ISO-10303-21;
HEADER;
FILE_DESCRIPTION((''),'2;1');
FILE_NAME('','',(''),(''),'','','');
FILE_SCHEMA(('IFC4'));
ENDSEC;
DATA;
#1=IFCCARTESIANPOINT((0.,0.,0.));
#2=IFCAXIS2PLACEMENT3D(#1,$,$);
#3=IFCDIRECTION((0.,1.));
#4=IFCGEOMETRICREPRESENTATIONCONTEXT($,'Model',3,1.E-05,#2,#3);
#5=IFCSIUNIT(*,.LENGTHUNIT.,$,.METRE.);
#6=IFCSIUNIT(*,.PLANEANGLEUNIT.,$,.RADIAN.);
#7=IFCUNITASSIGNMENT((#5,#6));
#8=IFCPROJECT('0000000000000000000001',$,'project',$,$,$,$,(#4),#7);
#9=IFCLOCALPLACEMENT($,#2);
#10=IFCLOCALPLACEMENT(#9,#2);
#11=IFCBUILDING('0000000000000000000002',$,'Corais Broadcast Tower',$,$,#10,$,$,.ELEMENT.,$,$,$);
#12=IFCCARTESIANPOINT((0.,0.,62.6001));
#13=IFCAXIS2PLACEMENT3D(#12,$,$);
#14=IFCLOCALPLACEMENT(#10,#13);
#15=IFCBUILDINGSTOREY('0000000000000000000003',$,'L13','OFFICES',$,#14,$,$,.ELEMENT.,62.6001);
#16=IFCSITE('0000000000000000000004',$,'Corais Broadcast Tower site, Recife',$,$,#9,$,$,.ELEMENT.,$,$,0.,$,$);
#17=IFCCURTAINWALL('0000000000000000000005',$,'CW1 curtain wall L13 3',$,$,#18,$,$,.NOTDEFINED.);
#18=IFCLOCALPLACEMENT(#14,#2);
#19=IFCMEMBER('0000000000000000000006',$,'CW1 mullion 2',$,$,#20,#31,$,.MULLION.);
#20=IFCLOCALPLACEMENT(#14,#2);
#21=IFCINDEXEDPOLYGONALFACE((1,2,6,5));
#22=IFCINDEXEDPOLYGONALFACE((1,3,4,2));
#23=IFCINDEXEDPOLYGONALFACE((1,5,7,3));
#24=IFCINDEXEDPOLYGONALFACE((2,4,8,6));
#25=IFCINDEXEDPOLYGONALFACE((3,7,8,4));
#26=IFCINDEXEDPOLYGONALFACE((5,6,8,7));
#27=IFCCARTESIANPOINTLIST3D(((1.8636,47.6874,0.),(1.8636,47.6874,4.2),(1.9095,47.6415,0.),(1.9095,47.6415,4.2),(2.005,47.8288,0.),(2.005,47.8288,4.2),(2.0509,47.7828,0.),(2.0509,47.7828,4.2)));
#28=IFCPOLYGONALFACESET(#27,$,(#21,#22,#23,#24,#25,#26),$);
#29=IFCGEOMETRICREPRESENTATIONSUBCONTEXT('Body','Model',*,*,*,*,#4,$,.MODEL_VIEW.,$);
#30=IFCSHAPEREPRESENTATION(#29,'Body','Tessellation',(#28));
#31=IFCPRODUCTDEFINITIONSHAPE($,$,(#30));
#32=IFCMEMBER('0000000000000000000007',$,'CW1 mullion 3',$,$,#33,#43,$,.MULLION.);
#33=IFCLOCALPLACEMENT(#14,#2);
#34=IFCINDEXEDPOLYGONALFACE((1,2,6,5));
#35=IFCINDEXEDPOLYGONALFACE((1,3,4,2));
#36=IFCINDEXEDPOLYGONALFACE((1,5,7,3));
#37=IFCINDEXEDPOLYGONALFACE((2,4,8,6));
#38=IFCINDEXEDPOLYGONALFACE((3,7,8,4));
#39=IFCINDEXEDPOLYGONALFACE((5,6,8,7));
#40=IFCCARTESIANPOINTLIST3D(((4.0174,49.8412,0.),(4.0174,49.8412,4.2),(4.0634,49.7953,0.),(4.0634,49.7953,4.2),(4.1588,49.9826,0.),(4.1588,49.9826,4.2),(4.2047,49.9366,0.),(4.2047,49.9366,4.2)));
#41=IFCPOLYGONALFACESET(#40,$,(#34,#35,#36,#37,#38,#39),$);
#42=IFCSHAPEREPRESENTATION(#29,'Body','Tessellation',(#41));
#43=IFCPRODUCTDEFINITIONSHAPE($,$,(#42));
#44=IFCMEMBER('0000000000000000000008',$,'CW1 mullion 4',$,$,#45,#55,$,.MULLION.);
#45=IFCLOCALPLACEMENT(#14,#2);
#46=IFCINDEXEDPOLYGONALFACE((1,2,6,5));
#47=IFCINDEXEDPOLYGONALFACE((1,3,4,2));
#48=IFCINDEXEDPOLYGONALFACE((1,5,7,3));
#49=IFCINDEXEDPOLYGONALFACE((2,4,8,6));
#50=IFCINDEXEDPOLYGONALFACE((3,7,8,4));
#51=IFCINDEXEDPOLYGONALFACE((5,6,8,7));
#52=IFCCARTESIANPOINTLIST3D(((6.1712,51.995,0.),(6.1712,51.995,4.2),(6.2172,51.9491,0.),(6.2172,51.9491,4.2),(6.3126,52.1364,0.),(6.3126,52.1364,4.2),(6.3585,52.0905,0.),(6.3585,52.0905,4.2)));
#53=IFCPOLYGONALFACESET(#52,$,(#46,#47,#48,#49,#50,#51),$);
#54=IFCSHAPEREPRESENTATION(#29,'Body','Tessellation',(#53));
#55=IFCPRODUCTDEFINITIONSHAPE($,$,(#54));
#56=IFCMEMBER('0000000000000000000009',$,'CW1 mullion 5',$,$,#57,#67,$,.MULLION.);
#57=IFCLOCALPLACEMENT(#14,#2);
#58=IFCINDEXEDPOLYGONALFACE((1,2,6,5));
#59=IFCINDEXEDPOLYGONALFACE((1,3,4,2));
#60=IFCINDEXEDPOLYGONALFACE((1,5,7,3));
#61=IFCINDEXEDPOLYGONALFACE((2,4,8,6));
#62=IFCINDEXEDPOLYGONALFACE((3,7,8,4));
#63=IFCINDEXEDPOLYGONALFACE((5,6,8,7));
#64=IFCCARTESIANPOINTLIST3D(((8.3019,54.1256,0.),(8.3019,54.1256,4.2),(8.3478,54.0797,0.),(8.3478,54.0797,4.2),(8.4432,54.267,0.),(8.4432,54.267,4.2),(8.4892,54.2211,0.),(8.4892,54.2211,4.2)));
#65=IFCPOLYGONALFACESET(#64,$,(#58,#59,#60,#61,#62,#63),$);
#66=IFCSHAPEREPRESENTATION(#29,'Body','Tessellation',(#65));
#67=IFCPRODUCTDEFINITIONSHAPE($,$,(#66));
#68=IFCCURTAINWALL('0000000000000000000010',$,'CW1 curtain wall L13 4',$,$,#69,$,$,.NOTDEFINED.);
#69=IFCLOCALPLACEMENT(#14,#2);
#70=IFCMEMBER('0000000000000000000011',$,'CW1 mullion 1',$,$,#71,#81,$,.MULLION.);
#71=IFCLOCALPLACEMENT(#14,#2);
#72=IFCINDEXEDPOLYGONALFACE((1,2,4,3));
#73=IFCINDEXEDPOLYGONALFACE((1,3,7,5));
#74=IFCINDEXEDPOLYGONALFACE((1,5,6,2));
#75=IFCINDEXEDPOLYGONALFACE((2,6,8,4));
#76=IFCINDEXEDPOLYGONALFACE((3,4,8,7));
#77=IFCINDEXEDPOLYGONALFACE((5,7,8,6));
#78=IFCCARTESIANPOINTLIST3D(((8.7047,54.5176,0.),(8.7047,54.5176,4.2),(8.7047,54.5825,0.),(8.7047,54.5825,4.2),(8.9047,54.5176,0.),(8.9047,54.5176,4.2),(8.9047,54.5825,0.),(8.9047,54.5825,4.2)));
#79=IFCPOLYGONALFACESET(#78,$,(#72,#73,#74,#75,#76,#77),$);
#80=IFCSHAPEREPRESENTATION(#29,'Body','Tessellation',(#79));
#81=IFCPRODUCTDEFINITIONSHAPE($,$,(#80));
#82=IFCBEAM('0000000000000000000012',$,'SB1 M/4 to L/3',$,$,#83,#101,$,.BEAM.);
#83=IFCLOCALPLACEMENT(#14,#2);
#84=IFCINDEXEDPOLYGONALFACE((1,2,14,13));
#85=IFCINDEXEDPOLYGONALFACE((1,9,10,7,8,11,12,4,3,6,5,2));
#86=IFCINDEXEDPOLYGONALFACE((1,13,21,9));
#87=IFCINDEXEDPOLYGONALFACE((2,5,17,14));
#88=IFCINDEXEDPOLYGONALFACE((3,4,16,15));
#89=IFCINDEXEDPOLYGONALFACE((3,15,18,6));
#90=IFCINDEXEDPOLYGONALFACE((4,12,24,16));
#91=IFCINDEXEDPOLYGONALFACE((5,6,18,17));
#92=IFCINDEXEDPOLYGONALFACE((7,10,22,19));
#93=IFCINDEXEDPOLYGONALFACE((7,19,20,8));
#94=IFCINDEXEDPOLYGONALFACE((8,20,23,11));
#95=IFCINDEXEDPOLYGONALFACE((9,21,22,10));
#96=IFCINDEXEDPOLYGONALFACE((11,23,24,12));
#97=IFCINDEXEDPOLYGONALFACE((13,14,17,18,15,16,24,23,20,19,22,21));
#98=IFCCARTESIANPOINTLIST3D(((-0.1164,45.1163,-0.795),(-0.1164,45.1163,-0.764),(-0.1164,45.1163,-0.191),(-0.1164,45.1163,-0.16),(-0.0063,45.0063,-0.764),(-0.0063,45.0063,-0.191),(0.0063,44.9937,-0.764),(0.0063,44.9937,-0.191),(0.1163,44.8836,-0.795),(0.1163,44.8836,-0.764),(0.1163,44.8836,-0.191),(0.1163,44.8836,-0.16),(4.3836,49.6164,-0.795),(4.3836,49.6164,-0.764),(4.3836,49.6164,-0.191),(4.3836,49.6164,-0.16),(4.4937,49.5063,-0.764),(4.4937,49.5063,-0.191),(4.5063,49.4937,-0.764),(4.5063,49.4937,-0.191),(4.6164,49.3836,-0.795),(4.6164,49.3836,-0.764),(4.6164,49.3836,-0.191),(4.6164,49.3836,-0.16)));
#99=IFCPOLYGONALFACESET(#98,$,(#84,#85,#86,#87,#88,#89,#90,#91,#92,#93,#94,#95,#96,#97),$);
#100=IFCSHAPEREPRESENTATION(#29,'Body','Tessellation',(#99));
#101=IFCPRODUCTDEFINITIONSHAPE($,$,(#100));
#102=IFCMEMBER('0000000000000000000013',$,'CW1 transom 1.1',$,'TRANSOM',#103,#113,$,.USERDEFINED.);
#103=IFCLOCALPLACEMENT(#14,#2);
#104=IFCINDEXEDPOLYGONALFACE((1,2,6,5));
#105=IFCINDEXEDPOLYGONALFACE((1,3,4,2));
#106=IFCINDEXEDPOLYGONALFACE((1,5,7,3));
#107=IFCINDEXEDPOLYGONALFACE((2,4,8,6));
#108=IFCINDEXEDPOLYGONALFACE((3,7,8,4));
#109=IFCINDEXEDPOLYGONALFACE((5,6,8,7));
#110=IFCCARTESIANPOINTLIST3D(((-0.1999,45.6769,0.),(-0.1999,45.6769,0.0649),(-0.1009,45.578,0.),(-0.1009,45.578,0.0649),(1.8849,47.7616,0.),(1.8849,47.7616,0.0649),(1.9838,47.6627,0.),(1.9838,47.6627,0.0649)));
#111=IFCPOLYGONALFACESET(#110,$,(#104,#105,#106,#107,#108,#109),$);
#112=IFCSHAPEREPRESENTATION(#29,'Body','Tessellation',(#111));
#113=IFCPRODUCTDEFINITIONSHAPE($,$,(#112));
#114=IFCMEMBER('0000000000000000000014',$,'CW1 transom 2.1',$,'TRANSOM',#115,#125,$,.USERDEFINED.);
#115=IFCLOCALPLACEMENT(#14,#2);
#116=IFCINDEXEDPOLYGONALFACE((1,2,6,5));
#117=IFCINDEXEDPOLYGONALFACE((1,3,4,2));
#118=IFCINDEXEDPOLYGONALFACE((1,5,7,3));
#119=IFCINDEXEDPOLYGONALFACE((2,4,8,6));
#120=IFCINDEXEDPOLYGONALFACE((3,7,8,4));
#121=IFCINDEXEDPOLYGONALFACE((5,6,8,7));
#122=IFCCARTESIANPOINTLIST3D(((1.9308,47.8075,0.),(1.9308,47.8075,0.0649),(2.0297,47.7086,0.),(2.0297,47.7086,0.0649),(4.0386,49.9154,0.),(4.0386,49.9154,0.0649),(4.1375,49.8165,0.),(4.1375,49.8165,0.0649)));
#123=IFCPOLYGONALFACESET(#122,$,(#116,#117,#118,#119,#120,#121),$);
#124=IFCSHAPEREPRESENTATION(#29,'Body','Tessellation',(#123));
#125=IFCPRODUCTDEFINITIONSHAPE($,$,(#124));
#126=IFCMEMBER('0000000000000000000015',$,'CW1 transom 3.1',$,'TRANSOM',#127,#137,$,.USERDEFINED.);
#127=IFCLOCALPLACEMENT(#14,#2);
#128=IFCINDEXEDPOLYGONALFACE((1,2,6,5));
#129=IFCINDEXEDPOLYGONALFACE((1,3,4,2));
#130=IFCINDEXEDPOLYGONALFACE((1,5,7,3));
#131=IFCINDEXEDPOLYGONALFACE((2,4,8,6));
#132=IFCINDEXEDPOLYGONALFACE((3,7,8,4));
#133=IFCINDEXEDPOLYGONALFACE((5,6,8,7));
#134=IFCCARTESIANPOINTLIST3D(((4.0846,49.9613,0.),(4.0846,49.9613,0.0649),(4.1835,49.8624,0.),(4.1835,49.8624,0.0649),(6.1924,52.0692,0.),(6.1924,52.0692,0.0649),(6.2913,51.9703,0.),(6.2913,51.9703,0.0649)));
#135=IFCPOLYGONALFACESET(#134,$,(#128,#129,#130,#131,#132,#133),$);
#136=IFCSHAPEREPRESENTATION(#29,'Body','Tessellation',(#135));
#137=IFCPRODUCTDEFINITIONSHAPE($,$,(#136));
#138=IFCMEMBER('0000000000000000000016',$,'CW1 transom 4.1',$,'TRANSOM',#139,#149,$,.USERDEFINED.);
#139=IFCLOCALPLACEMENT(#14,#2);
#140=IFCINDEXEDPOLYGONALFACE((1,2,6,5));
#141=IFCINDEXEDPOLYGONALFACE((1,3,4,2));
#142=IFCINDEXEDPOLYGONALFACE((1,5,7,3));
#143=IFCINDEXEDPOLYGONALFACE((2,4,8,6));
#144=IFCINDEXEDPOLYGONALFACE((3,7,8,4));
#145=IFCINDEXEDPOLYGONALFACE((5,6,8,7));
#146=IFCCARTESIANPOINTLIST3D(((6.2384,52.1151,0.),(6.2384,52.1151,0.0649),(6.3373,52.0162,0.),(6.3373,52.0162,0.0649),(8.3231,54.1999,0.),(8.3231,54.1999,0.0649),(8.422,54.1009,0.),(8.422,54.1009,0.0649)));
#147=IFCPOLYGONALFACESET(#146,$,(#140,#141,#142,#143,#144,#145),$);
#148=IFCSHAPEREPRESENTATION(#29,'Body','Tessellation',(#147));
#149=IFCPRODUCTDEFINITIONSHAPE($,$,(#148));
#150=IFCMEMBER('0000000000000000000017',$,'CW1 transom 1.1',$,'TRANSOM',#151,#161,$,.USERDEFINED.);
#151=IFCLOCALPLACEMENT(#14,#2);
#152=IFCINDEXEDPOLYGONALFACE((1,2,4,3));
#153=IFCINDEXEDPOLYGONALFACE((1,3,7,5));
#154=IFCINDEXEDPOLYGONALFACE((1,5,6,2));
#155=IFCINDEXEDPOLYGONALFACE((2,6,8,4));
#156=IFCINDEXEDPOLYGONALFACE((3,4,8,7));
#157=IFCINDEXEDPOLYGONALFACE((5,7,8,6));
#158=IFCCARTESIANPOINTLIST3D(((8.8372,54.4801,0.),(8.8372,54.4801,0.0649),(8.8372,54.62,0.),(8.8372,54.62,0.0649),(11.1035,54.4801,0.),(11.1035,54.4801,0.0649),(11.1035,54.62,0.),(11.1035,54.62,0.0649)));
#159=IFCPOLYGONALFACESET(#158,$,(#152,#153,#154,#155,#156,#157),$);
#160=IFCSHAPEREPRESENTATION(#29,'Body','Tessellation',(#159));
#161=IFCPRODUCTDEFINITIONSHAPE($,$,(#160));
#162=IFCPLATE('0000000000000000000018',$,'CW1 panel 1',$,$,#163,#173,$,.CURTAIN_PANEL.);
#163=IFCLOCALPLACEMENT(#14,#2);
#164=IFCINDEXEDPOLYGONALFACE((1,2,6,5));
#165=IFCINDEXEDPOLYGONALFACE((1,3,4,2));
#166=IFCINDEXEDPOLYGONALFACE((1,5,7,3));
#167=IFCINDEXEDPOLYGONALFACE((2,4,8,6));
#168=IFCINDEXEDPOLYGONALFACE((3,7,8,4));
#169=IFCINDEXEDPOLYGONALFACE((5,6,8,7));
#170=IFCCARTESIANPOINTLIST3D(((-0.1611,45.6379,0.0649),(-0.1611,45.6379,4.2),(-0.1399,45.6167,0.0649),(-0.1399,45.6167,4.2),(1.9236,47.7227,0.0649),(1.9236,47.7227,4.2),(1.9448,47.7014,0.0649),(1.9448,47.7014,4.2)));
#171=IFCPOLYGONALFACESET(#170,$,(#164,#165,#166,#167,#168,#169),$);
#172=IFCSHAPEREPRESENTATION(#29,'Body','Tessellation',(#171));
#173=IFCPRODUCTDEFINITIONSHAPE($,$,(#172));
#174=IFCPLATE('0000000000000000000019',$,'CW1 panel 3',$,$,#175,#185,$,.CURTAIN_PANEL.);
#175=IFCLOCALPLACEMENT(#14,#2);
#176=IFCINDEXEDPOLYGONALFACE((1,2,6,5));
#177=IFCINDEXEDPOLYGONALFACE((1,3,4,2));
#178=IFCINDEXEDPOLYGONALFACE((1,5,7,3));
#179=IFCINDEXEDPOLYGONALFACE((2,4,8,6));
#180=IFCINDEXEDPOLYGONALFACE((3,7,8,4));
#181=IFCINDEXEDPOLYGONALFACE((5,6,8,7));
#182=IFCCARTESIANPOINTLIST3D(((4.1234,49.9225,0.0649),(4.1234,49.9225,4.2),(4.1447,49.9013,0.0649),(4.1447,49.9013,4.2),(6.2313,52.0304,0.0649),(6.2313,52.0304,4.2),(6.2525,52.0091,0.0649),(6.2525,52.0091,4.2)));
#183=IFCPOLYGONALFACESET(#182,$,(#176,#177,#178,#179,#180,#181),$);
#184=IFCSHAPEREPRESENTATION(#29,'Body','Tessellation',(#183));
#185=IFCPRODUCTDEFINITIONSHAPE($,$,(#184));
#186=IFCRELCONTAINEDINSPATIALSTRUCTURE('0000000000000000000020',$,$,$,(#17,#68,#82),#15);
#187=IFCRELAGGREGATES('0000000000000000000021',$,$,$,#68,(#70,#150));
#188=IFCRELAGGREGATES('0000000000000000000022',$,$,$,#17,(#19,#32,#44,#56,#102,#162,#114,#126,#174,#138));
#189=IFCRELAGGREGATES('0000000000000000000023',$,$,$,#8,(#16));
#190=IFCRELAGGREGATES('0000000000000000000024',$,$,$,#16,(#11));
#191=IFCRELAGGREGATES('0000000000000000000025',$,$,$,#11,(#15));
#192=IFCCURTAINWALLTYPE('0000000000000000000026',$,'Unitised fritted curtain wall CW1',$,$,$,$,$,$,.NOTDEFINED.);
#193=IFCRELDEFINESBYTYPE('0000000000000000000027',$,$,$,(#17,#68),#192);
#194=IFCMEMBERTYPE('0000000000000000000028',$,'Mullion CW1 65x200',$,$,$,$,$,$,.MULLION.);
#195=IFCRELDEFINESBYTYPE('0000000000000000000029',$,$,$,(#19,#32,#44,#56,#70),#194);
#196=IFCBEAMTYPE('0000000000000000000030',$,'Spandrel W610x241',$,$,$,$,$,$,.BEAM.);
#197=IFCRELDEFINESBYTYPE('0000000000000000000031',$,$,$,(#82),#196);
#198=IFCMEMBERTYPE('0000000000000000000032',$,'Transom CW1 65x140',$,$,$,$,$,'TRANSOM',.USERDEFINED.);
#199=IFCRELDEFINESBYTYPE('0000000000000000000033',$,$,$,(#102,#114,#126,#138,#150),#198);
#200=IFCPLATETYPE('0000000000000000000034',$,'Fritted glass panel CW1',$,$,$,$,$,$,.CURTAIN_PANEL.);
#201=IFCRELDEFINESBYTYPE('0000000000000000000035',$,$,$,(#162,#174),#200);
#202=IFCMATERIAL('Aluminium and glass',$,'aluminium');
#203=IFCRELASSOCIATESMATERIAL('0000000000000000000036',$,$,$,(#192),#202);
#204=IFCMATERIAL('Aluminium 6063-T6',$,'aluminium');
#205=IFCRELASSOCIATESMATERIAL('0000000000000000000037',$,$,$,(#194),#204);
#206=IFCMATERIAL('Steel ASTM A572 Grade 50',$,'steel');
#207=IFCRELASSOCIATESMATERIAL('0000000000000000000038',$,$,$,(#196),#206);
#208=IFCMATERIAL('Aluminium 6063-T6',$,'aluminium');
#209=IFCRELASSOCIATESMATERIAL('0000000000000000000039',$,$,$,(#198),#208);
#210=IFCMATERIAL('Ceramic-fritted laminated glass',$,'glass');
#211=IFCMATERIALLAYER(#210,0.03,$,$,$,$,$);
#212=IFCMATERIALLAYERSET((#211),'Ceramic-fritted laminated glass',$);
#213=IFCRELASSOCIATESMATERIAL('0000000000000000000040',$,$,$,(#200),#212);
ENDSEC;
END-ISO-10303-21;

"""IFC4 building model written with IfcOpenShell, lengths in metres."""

from ifc_helpers import new_model, si_unit, direction, frame, origin, origin_2d, place, context, subcontext, project, spatial, rectangle, i_section, extrude, material, layer, layer_set, material_profile, profile_set, type_object, element, aggregate, save


model = new_model("IFC4")

# Units and contexts
model_context = context("Model", 3, precision=1e-05, world=origin(), true_north=direction((0.0, 1.0)))
body_context = subcontext(model_context, "Body", "Model", "MODEL_VIEW")
ifc_project = project(units=[si_unit("LENGTHUNIT", "METRE"), si_unit("PLANEANGLEUNIT", "RADIAN")], contexts=[model_context])

# Site, building, storey
site_placement = place(None, origin())
site = spatial("IfcSite", under=ifc_project, at=site_placement, Name="Corais Broadcast Tower site, Recife", CompositionType="ELEMENT", RefElevation=0.0)
building_placement = place(site_placement, origin())
building = spatial("IfcBuilding", under=site, at=building_placement, Name="Corais Broadcast Tower", CompositionType="ELEMENT")
storey_placement = place(building_placement, frame((0.0, 0.0, 62.6001)))
storey = spatial("IfcBuildingStorey", under=building, at=storey_placement, Name="L13", Description="OFFICES", CompositionType="ELEMENT", Elevation=62.6001)

# Shared definitions
ifc_material_1 = material(Name="Aluminium and glass", Category="aluminium")
curtain_wall_type = type_object("IfcCurtainWallType", Name="Unitised fritted curtain wall CW1", PredefinedType="NOTDEFINED", material=ifc_material_1)
ifc_material_2 = material(Name="Aluminium 6063-T6", Category="aluminium")
ifc_material_profile_1 = material_profile(ifc_material_2, rectangle(XDim=0.0649, YDim=0.2, at=origin_2d()), Name="Mullion CW1 65x200")
ifc_profile_set_1 = profile_set([ifc_material_profile_1], Name="Aluminium 6063-T6")
member_type_1 = type_object("IfcMemberType", Name="Mullion CW1 65x200", PredefinedType="MULLION", material=ifc_profile_set_1)

# Curtain wall, members
curtain_wall_1_placement = place(storey_placement, origin())
curtain_wall_1 = element("IfcCurtainWall", 1, at=curtain_wall_1_placement, inside=storey, type_object=curtain_wall_type, Name="CW1 curtain wall L13 3", PredefinedType="NOTDEFINED")
member_1_placement = place(storey_placement, frame((1.9573, 47.7351, 0.0), z_axis=(0.0, 0.0, 1.0), x_axis=(-0.707107, 0.707107, 0.0)))
member_1 = element("IfcMember", 2, at=member_1_placement, type_object=member_type_1, Name="CW1 mullion 2", PredefinedType="MULLION", context=body_context, shape_type="SweptSolid", body=[
    extrude(rectangle(XDim=0.0649, YDim=0.2, at=origin_2d()), origin(), (0.0, 0.0, 1.0), 4.2),
])
member_2_placement = place(storey_placement, frame((4.1111, 49.8889, 0.0), z_axis=(0.0, 0.0, 1.0), x_axis=(-0.707107, 0.707107, 0.0)))
member_2 = element("IfcMember", 3, at=member_2_placement, type_object=member_type_1, Name="CW1 mullion 3", PredefinedType="MULLION", context=body_context, shape_type="SweptSolid", body=[
    extrude(rectangle(XDim=0.0649, YDim=0.2, at=origin_2d()), origin(), (0.0, 0.0, 1.0), 4.2),
])
member_3_placement = place(storey_placement, frame((6.2649, 52.0427, 0.0), z_axis=(0.0, 0.0, 1.0), x_axis=(-0.707107, 0.707107, 0.0)))
member_3 = element("IfcMember", 4, at=member_3_placement, type_object=member_type_1, Name="CW1 mullion 4", PredefinedType="MULLION", context=body_context, shape_type="SweptSolid", body=[
    extrude(rectangle(XDim=0.0649, YDim=0.2, at=origin_2d()), origin(), (0.0, 0.0, 1.0), 4.2),
])
member_4_placement = place(storey_placement, frame((8.3955, 54.1733, 0.0), z_axis=(0.0, 0.0, 1.0), x_axis=(-0.707107, 0.707107, 0.0)))
member_4 = element("IfcMember", 5, at=member_4_placement, type_object=member_type_1, Name="CW1 mullion 5", PredefinedType="MULLION", context=body_context, shape_type="SweptSolid", body=[
    extrude(rectangle(XDim=0.0649, YDim=0.2, at=origin_2d()), origin(), (0.0, 0.0, 1.0), 4.2),
])

# Curtain wall, member
curtain_wall_2_placement = place(storey_placement, origin())
curtain_wall_2 = element("IfcCurtainWall", 6, at=curtain_wall_2_placement, inside=storey, type_object=curtain_wall_type, Name="CW1 curtain wall L13 4", PredefinedType="NOTDEFINED")
member_5_placement = place(storey_placement, frame((8.8047, 54.55, 0.0), z_axis=(0.0, 0.0, 1.0), x_axis=(0.0, 1.0, 0.0)))
member_5 = element("IfcMember", 7, at=member_5_placement, type_object=member_type_1, Name="CW1 mullion 1", PredefinedType="MULLION", context=body_context, shape_type="SweptSolid", body=[
    extrude(rectangle(XDim=0.0649, YDim=0.2, at=origin_2d()), origin(), (0.0, 0.0, 1.0), 4.2),
])

# Beam
ifc_material_3 = material(Name="Steel ASTM A572 Grade 50", Category="steel")
ifc_material_profile_2 = material_profile(ifc_material_3, i_section(OverallWidth=0.3291, OverallDepth=0.635, WebThickness=0.0178, FlangeThickness=0.031, at=origin_2d()), Name="W610x241")
ifc_profile_set_2 = profile_set([ifc_material_profile_2], Name="Steel ASTM A572 Grade 50")
beam_type_1 = type_object("IfcBeamType", Name="Spandrel W610x241", PredefinedType="BEAM", material=ifc_profile_set_2)
beam_1_placement = place(storey_placement, frame((4.5, 49.5, -0.4775), z_axis=(-0.707107, -0.707107, 0.0), x_axis=(0.707107, -0.707107, 0.0)))
element("IfcBeam", 8, at=beam_1_placement, inside=storey, type_object=beam_type_1, Name="SB1 M/4 to L/3", PredefinedType="BEAM", context=body_context, shape_type="SweptSolid", body=[
    extrude(i_section(OverallWidth=0.3291, OverallDepth=0.635, WebThickness=0.0178, FlangeThickness=0.031, at=origin_2d()), origin(), (0.0, 0.0, 1.0), 6.364),
])

# Members
ifc_material_4 = material(Name="Aluminium 6063-T6", Category="aluminium")
ifc_material_profile_3 = material_profile(ifc_material_4, rectangle(XDim=0.1399, YDim=0.0649, at=origin_2d()), Name="Transom CW1 65x140")
ifc_profile_set_3 = profile_set([ifc_material_profile_3], Name="Aluminium 6063-T6")
member_type_2 = type_object("IfcMemberType", Name="Transom CW1 65x140", ElementType="TRANSOM", PredefinedType="USERDEFINED", material=ifc_profile_set_3)
member_6_placement = place(storey_placement, frame((-0.1504, 45.6274, 0.0325), z_axis=(0.707107, 0.707107, 0.0), x_axis=(-0.707107, 0.707107, 0.0)))
member_6 = element("IfcMember", 9, at=member_6_placement, type_object=member_type_2, Name="CW1 transom 1.1", ObjectType="TRANSOM", PredefinedType="USERDEFINED", context=body_context, shape_type="SweptSolid", body=[
    extrude(rectangle(XDim=0.1399, YDim=0.0649, at=origin_2d()), origin(), (0.0, 0.0, 1.0), 2.9482),
])
member_7_placement = place(storey_placement, frame((1.9802, 47.7581, 0.0325), z_axis=(0.707107, 0.707107, 0.0), x_axis=(-0.707107, 0.707107, 0.0)))
member_7 = element("IfcMember", 10, at=member_7_placement, type_object=member_type_2, Name="CW1 transom 2.1", ObjectType="TRANSOM", PredefinedType="USERDEFINED", context=body_context, shape_type="SweptSolid", body=[
    extrude(rectangle(XDim=0.1399, YDim=0.0649, at=origin_2d()), origin(), (0.0, 0.0, 1.0), 2.981),
])
member_8_placement = place(storey_placement, frame((4.134, 49.9119, 0.0325), z_axis=(0.707107, 0.707107, 0.0), x_axis=(-0.707107, 0.707107, 0.0)))
member_8 = element("IfcMember", 11, at=member_8_placement, type_object=member_type_2, Name="CW1 transom 3.1", ObjectType="TRANSOM", PredefinedType="USERDEFINED", context=body_context, shape_type="SweptSolid", body=[
    extrude(rectangle(XDim=0.1399, YDim=0.0649, at=origin_2d()), origin(), (0.0, 0.0, 1.0), 2.981),
])
member_9_placement = place(storey_placement, frame((6.2878, 52.0657, 0.0325), z_axis=(0.707107, 0.707107, 0.0), x_axis=(-0.707107, 0.707107, 0.0)))
member_9 = element("IfcMember", 12, at=member_9_placement, type_object=member_type_2, Name="CW1 transom 4.1", ObjectType="TRANSOM", PredefinedType="USERDEFINED", context=body_context, shape_type="SweptSolid", body=[
    extrude(rectangle(XDim=0.1399, YDim=0.0649, at=origin_2d()), origin(), (0.0, 0.0, 1.0), 2.9482),
])
member_10_placement = place(storey_placement, frame((8.8372, 54.55, 0.0325), z_axis=(1.0, 0.0, 0.0), x_axis=(0.0, 1.0, 0.0)))
member_10 = element("IfcMember", 13, at=member_10_placement, type_object=member_type_2, Name="CW1 transom 1.1", ObjectType="TRANSOM", PredefinedType="USERDEFINED", context=body_context, shape_type="SweptSolid", body=[
    extrude(rectangle(XDim=0.1399, YDim=0.0649, at=origin_2d()), origin(), (0.0, 0.0, 1.0), 2.2664),
])
aggregate(curtain_wall_2, [member_5, member_10])

# Plates
ifc_material_5 = material(Name="Ceramic-fritted laminated glass", Category="glass")
ifc_layer_1 = layer(ifc_material_5, 0.03)
ifc_layer_set_1 = layer_set([ifc_layer_1], Name="Ceramic-fritted laminated glass")
plate_type_1 = type_object("IfcPlateType", Name="Fritted glass panel CW1", PredefinedType="CURTAIN_PANEL", material=ifc_layer_set_1)
plate_1_placement = place(storey_placement, frame((0.8918, 46.6697, 0.0649), z_axis=(0.0, 0.0, 1.0), x_axis=(0.707107, 0.707107, 0.0)))
plate_1 = element("IfcPlate", 14, at=plate_1_placement, type_object=plate_type_1, Name="CW1 panel 1", PredefinedType="CURTAIN_PANEL", context=body_context, shape_type="SweptSolid", body=[
    extrude(rectangle(XDim=2.9482, YDim=0.03, at=origin_2d()), origin(), (0.0, 0.0, 1.0), 4.135),
])
plate_2_placement = place(storey_placement, frame((5.188, 50.9658, 0.0649), z_axis=(0.0, 0.0, 1.0), x_axis=(0.707107, 0.707107, 0.0)))
plate_2 = element("IfcPlate", 15, at=plate_2_placement, type_object=plate_type_1, Name="CW1 panel 3", PredefinedType="CURTAIN_PANEL", context=body_context, shape_type="SweptSolid", body=[
    extrude(rectangle(XDim=2.981, YDim=0.03, at=origin_2d()), origin(), (0.0, 0.0, 1.0), 4.135),
])
aggregate(curtain_wall_1, [member_1, member_2, member_3, member_4, member_6, plate_1, member_7, member_8, plate_2, member_9])

save(model, "model.ifc")
